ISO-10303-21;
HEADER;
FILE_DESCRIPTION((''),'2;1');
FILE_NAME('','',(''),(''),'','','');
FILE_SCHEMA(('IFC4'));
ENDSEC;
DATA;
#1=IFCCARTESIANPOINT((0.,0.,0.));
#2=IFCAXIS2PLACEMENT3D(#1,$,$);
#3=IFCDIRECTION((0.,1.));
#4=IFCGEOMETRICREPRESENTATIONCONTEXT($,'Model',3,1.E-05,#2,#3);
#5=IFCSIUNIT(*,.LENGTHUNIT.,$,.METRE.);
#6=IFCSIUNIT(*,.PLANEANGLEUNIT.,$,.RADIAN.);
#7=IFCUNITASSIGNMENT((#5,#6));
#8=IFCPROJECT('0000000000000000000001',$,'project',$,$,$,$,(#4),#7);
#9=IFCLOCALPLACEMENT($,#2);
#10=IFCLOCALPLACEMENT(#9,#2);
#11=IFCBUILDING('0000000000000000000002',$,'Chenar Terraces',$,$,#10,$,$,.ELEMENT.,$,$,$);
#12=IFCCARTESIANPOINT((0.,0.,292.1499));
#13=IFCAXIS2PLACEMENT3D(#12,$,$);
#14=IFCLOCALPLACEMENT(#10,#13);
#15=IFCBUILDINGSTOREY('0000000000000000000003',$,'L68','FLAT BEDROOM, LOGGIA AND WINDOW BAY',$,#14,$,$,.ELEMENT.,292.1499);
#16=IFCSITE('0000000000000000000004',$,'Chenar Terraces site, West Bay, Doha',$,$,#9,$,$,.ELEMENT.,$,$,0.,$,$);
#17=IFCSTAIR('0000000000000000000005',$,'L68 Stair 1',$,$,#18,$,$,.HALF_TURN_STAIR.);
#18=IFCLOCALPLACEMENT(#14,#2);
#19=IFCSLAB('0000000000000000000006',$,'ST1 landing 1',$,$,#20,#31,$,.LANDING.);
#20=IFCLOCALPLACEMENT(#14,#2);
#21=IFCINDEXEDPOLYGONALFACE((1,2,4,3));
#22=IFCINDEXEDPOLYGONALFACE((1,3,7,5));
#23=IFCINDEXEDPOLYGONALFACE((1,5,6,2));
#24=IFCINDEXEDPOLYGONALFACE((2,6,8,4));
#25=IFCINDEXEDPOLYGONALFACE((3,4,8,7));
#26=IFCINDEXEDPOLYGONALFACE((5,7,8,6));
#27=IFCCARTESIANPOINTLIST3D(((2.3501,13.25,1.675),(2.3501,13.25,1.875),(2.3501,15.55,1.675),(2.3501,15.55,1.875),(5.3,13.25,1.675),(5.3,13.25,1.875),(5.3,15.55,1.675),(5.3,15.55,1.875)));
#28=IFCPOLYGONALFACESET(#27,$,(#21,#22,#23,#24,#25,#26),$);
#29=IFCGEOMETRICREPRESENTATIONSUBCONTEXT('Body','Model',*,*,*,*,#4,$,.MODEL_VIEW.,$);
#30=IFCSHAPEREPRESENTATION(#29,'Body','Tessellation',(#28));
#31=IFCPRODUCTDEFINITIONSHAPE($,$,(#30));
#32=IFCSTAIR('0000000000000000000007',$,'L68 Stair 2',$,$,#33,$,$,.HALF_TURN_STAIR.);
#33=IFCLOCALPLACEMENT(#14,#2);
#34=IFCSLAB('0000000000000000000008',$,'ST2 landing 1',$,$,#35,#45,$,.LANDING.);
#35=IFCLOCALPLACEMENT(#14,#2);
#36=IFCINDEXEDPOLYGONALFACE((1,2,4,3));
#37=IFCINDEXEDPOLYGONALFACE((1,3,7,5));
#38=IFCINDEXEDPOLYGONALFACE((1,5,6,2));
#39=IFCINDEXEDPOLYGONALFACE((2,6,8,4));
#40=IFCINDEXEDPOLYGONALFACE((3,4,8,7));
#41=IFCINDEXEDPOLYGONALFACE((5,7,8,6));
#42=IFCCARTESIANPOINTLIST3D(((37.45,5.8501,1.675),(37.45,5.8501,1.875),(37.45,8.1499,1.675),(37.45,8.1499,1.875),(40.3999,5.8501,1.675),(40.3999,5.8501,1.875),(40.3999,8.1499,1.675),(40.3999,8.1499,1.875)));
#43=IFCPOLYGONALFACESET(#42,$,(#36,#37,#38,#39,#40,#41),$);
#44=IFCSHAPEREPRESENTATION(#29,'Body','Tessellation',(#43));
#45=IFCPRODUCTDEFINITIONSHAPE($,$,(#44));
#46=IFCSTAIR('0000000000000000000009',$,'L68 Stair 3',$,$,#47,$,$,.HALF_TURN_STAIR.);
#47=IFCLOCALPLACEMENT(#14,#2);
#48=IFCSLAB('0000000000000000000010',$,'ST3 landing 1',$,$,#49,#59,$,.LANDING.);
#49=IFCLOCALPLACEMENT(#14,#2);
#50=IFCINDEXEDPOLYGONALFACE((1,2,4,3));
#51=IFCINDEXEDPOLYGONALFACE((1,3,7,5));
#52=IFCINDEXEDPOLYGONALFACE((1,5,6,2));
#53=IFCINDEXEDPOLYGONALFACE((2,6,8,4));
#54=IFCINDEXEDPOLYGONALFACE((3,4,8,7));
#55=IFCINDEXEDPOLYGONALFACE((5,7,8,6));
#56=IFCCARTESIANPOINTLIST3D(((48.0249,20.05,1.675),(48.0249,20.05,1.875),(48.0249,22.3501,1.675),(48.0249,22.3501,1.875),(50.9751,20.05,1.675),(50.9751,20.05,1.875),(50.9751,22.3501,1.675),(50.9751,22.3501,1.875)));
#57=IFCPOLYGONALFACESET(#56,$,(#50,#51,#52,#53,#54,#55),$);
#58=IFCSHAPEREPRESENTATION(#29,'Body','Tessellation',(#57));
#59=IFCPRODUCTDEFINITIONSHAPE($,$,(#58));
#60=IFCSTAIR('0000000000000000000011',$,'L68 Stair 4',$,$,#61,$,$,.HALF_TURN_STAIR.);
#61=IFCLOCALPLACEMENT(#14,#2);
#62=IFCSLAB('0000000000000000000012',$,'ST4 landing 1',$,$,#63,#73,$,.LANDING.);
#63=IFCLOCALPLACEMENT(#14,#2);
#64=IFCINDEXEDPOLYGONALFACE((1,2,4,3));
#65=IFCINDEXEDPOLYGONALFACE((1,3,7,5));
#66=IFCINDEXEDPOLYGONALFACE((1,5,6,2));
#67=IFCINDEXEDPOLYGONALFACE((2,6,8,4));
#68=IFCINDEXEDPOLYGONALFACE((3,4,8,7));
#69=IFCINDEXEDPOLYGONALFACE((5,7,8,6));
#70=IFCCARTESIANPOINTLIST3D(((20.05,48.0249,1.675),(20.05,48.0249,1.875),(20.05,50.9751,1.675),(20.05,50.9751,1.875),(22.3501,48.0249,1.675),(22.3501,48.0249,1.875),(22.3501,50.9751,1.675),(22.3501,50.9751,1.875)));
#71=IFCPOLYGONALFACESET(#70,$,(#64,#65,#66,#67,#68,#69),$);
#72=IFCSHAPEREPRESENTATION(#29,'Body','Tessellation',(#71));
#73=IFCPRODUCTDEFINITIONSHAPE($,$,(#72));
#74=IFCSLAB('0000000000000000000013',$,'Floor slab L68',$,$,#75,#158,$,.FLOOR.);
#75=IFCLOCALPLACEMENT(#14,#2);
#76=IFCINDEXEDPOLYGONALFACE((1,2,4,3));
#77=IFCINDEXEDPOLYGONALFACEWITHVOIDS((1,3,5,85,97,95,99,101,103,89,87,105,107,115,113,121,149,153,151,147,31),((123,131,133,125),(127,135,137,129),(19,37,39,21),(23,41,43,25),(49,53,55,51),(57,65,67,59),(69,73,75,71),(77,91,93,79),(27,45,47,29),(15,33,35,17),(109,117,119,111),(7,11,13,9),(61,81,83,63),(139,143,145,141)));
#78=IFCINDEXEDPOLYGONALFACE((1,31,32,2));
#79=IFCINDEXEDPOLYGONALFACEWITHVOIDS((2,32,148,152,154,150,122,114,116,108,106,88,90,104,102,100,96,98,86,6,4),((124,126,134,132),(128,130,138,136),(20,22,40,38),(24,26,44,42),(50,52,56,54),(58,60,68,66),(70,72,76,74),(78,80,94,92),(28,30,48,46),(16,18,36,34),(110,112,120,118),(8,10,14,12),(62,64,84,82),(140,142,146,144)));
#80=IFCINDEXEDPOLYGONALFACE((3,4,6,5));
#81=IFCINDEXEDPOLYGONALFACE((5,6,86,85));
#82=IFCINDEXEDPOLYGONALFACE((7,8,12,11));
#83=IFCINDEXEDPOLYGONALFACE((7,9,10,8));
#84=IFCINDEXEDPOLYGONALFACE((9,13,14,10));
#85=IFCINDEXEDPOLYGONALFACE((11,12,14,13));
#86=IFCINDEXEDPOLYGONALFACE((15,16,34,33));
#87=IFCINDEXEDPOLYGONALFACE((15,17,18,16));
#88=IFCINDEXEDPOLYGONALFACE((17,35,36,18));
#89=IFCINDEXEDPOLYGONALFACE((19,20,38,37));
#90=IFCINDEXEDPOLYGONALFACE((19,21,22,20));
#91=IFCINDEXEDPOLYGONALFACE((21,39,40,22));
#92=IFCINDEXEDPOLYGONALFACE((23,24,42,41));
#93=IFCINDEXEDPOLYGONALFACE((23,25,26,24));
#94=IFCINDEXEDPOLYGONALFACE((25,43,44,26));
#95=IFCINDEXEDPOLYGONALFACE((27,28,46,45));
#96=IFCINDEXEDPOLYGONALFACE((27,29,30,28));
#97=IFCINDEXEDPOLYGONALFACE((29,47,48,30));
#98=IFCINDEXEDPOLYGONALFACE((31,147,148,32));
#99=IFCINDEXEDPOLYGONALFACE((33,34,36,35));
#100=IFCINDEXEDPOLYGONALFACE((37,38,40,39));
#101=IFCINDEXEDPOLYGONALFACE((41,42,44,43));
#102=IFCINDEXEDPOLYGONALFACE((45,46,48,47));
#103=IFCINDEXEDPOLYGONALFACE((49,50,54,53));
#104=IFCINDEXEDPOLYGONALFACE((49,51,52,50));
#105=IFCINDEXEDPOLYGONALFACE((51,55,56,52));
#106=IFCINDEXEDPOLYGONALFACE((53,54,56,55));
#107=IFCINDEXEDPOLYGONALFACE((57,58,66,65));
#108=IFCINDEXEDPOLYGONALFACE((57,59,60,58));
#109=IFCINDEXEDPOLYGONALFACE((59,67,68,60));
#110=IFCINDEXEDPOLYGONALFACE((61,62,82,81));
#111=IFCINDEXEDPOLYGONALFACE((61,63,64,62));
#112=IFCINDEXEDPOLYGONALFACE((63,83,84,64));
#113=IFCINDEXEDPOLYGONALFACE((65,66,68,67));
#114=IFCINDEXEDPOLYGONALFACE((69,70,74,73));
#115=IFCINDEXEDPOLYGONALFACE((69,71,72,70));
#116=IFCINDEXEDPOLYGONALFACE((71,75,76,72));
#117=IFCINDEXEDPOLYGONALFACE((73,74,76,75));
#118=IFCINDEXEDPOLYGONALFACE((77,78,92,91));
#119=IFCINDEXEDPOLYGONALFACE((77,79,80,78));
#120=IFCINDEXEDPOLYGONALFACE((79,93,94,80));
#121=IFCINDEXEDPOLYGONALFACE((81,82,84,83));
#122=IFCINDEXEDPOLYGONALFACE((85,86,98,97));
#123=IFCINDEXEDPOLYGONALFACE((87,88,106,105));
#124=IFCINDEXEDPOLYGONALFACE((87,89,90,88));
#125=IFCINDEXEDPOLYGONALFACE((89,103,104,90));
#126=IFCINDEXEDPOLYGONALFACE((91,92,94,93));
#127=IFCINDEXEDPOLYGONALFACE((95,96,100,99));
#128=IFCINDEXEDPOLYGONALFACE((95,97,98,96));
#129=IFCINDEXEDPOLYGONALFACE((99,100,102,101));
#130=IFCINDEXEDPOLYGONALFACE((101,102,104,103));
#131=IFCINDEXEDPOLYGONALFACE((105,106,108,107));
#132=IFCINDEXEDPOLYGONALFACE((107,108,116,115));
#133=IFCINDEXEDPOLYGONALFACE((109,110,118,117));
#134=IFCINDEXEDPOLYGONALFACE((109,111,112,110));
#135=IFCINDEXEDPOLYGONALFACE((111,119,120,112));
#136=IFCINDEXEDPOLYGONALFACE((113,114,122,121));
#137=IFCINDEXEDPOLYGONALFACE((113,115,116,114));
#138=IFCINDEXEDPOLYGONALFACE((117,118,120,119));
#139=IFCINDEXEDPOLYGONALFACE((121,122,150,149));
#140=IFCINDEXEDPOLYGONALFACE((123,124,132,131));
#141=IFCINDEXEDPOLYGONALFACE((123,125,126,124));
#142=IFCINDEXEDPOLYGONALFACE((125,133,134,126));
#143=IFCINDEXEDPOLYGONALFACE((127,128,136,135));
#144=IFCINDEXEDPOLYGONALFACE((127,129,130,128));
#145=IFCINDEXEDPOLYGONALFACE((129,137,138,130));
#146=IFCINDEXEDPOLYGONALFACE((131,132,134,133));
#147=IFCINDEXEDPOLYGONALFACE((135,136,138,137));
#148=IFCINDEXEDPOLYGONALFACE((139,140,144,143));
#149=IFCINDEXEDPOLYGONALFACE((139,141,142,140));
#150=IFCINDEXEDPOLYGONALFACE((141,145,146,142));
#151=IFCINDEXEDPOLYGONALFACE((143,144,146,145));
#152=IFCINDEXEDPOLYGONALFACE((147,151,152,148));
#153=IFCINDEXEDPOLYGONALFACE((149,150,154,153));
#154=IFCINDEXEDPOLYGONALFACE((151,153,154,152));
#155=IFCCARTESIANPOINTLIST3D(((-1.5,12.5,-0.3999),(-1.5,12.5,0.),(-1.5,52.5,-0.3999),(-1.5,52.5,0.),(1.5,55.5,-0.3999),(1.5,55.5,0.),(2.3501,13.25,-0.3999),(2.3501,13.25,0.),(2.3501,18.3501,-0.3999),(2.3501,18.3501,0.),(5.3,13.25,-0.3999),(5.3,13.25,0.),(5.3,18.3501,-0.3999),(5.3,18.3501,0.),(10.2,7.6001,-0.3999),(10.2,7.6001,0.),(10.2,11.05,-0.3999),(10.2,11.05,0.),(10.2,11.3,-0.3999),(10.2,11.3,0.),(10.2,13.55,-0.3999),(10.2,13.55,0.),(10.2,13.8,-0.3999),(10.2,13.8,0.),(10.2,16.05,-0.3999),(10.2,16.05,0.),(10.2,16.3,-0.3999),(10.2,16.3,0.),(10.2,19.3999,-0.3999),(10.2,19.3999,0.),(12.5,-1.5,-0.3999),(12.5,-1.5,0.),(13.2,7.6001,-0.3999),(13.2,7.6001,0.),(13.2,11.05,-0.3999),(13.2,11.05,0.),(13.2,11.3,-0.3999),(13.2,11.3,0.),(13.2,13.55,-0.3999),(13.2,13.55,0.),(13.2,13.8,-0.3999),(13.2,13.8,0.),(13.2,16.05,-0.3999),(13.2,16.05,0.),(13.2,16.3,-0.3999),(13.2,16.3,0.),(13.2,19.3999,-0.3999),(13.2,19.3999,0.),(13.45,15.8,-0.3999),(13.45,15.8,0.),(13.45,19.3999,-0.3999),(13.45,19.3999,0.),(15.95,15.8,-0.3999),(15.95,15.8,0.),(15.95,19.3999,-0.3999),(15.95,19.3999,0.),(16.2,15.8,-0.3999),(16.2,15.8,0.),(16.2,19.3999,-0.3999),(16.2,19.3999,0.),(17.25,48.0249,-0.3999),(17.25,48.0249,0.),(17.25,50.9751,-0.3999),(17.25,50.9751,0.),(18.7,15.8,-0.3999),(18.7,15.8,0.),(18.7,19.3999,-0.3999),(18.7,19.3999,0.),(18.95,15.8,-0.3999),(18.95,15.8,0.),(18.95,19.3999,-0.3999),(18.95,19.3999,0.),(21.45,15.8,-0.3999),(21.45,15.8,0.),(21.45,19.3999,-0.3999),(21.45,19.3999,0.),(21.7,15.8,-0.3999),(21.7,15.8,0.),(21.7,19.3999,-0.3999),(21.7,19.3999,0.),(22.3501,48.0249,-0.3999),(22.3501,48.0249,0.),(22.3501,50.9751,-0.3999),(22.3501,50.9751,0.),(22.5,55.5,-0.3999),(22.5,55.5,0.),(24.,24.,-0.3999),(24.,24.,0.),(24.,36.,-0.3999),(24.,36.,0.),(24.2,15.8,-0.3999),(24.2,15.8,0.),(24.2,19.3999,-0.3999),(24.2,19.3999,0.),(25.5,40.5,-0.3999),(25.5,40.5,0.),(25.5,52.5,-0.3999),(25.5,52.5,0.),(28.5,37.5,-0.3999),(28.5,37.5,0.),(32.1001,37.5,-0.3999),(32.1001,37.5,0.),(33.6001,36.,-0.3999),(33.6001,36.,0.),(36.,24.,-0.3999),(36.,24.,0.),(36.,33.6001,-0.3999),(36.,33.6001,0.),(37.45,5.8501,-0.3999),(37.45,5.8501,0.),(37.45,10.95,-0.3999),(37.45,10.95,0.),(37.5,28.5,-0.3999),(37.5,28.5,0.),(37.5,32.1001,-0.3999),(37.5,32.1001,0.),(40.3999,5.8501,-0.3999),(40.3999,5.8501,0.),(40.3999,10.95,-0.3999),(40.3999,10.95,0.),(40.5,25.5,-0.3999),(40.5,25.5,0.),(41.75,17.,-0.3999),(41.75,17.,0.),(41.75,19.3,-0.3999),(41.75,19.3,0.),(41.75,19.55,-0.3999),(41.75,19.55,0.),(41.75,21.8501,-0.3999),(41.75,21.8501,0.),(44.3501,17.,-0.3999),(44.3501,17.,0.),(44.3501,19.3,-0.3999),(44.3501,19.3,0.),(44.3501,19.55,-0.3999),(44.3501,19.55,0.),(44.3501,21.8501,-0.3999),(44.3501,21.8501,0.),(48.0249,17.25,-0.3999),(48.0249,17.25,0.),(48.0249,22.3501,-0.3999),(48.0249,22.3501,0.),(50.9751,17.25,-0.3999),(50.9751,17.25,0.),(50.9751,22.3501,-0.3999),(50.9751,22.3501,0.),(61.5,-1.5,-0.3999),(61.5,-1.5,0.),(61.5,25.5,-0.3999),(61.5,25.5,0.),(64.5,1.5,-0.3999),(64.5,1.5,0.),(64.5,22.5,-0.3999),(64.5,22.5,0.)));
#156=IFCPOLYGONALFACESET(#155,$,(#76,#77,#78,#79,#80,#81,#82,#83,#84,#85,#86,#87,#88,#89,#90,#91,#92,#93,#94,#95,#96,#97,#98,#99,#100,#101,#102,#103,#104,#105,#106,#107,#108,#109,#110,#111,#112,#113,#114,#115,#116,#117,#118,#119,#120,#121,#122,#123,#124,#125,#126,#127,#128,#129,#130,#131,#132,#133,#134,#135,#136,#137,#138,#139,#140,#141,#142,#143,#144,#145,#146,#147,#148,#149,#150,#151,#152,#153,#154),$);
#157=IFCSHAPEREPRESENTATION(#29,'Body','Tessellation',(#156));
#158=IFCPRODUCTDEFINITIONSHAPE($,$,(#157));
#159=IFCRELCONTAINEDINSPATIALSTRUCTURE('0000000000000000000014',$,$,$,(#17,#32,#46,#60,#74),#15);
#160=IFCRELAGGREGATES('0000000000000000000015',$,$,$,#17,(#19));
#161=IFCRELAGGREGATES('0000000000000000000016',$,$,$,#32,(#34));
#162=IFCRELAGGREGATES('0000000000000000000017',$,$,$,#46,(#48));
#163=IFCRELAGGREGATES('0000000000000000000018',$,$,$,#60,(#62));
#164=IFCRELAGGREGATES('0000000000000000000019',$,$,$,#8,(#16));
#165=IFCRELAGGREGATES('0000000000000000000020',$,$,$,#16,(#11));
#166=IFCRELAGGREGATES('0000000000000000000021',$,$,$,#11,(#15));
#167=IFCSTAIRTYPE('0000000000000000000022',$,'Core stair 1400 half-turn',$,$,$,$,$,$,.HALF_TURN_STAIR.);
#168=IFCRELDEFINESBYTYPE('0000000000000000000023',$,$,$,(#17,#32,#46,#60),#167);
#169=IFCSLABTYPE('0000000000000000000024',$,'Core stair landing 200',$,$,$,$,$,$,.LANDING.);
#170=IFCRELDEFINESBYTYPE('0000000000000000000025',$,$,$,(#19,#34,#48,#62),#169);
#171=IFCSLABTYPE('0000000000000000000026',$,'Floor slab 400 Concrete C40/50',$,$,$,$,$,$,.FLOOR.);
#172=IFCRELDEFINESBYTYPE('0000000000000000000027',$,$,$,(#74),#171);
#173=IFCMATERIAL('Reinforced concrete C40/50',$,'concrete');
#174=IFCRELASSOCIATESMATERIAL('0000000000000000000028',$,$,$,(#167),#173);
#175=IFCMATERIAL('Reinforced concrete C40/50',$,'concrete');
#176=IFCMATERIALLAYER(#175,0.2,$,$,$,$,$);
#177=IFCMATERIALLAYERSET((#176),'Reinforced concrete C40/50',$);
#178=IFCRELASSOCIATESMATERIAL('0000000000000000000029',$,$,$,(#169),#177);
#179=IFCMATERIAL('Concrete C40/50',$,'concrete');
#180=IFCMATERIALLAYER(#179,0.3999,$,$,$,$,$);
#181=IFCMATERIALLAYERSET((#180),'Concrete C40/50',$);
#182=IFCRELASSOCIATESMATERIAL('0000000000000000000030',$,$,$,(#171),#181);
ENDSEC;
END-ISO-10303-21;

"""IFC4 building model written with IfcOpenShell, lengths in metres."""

from ifc_helpers import new_model, si_unit, direction, frame, origin, place, context, subcontext, project, spatial, polyline, outline, extrude, material, layer, layer_set, type_object, element, aggregate, save


model = new_model("IFC4")

# Units and contexts
model_context = context("Model", 3, precision=1e-05, world=origin(), true_north=direction((0.0, 1.0)))
body_context = subcontext(model_context, "Body", "Model", "MODEL_VIEW")
ifc_project = project(units=[si_unit("LENGTHUNIT", "METRE"), si_unit("PLANEANGLEUNIT", "RADIAN")], contexts=[model_context])

# Site, building, storey
site_placement = place(None, origin())
site = spatial("IfcSite", under=ifc_project, at=site_placement, Name="Chenar Terraces site, West Bay, Doha", CompositionType="ELEMENT", RefElevation=0.0)
building_placement = place(site_placement, origin())
building = spatial("IfcBuilding", under=site, at=building_placement, Name="Chenar Terraces", CompositionType="ELEMENT")
storey_placement = place(building_placement, frame((0.0, 0.0, 292.1499)))
storey = spatial("IfcBuildingStorey", under=building, at=storey_placement, Name="L68", Description="FLAT BEDROOM, LOGGIA AND WINDOW BAY", CompositionType="ELEMENT", Elevation=292.1499)

# Stairs, slabs
ifc_material_1 = material(Name="Reinforced concrete C40/50", Category="concrete")
stair_type = type_object("IfcStairType", Name="Core stair 1400 half-turn", PredefinedType="HALF_TURN_STAIR", material=ifc_material_1)
placement_1 = place(storey_placement, origin())
stair_1 = element("IfcStair", 1, at=placement_1, inside=storey, type_object=stair_type, Name="L68 Stair 1", PredefinedType="HALF_TURN_STAIR")
ifc_material_2 = material(Name="Reinforced concrete C40/50", Category="concrete")
ifc_layer_1 = layer(ifc_material_2, 0.2)
ifc_layer_set_1 = layer_set([ifc_layer_1], Name="Reinforced concrete C40/50")
slab_type_1 = type_object("IfcSlabType", Name="Core stair landing 200", PredefinedType="LANDING", material=ifc_layer_set_1)
placement_2 = place(storey_placement, frame((0.0, 0.0, 1.675)))
slab_1 = element("IfcSlab", 2, at=placement_2, type_object=slab_type_1, Name="ST1 landing 1", PredefinedType="LANDING", context=body_context, shape_type="SweptSolid", body=[
    extrude(outline(polyline([(2.3501, 15.55), (2.3501, 13.25), (5.3, 13.25), (5.3, 15.55), (2.3501, 15.55)])), origin(), (0.0, 0.0, 1.0), 0.2),
])
aggregate(stair_1, [slab_1])
stair_2 = element("IfcStair", 3, at=placement_1, inside=storey, type_object=stair_type, Name="L68 Stair 2", PredefinedType="HALF_TURN_STAIR")
slab_2 = element("IfcSlab", 4, at=placement_2, type_object=slab_type_1, Name="ST2 landing 1", PredefinedType="LANDING", context=body_context, shape_type="SweptSolid", body=[
    extrude(outline(polyline([(37.45, 8.1499), (37.45, 5.8501), (40.3999, 5.8501), (40.3999, 8.1499), (37.45, 8.1499)])), origin(), (0.0, 0.0, 1.0), 0.2),
])
aggregate(stair_2, [slab_2])
stair_3 = element("IfcStair", 5, at=placement_1, inside=storey, type_object=stair_type, Name="L68 Stair 3", PredefinedType="HALF_TURN_STAIR")
slab_3 = element("IfcSlab", 6, at=placement_2, type_object=slab_type_1, Name="ST3 landing 1", PredefinedType="LANDING", context=body_context, shape_type="SweptSolid", body=[
    extrude(outline(polyline([(50.9751, 20.05), (50.9751, 22.3501), (48.0249, 22.3501), (48.0249, 20.05), (50.9751, 20.05)])), origin(), (0.0, 0.0, 1.0), 0.2),
])
aggregate(stair_3, [slab_3])
stair_4 = element("IfcStair", 7, at=placement_1, inside=storey, type_object=stair_type, Name="L68 Stair 4", PredefinedType="HALF_TURN_STAIR")
slab_4 = element("IfcSlab", 8, at=placement_2, type_object=slab_type_1, Name="ST4 landing 1", PredefinedType="LANDING", context=body_context, shape_type="SweptSolid", body=[
    extrude(outline(polyline([(20.05, 48.0249), (22.3501, 48.0249), (22.3501, 50.9751), (20.05, 50.9751), (20.05, 48.0249)])), origin(), (0.0, 0.0, 1.0), 0.2),
])
aggregate(stair_4, [slab_4])

# Slab
ifc_material_3 = material(Name="Concrete C40/50", Category="concrete")
ifc_layer_2 = layer(ifc_material_3, 0.3999)
ifc_layer_set_2 = layer_set([ifc_layer_2], Name="Concrete C40/50")
slab_type_2 = type_object("IfcSlabType", Name="Floor slab 400 Concrete C40/50", PredefinedType="FLOOR", material=ifc_layer_set_2)
slab_5_placement = place(storey_placement, frame((0.0, 0.0, -0.3999)))
element("IfcSlab", 9, at=slab_5_placement, inside=storey, type_object=slab_type_2, Name="Floor slab L68", PredefinedType="FLOOR", context=body_context, shape_type="SweptSolid", body=[
    extrude(outline(polyline([(64.5, 22.5), (64.5, 1.5), (61.5, -1.5), (12.5, -1.5), (-1.5, 12.5), (-1.5, 52.5), (1.5, 55.5), (22.5, 55.5), (25.5, 52.5), (25.5, 40.5), (28.5, 37.5), (32.1001, 37.5), (33.6001, 36.0), (24.0, 36.0), (24.0, 24.0), (36.0, 24.0), (36.0, 33.6001), (37.5, 32.1001), (37.5, 28.5), (40.5, 25.5), (61.5, 25.5), (64.5, 22.5)]), holes=[polyline([(10.2, 11.05), (10.2, 7.6001), (13.2, 7.6001), (13.2, 11.05), (10.2, 11.05)]), polyline([(13.2, 13.55), (10.2, 13.55), (10.2, 11.3), (13.2, 11.3), (13.2, 13.55)]), polyline([(13.2, 16.05), (10.2, 16.05), (10.2, 13.8), (13.2, 13.8), (13.2, 16.05)]), polyline([(2.3501, 13.25), (5.3, 13.25), (5.3, 18.3501), (2.3501, 18.3501), (2.3501, 13.25)]), polyline([(15.95, 19.3999), (13.45, 19.3999), (13.45, 15.8), (15.95, 15.8), (15.95, 19.3999)]), polyline([(18.7, 19.3999), (16.2, 19.3999), (16.2, 15.8), (18.7, 15.8), (18.7, 19.3999)]), polyline([(13.2, 19.3999), (10.2, 19.3999), (10.2, 16.3), (13.2, 16.3), (13.2, 19.3999)]), polyline([(22.3501, 48.0249), (22.3501, 50.9751), (17.25, 50.9751), (17.25, 48.0249), (22.3501, 48.0249)]), polyline([(37.45, 5.8501), (40.3999, 5.8501), (40.3999, 10.95), (37.45, 10.95), (37.45, 5.8501)]), polyline([(21.45, 19.3999), (18.95, 19.3999), (18.95, 15.8), (21.45, 15.8), (21.45, 19.3999)]), polyline([(24.2, 19.3999), (21.7, 19.3999), (21.7, 15.8), (24.2, 15.8), (24.2, 19.3999)]), polyline([(44.3501, 19.3), (41.75, 19.3), (41.75, 17.0), (44.3501, 17.0), (44.3501, 19.3)]), polyline([(50.9751, 22.3501), (48.0249, 22.3501), (48.0249, 17.25), (50.9751, 17.25), (50.9751, 22.3501)]), polyline([(44.3501, 21.8501), (41.75, 21.8501), (41.75, 19.55), (44.3501, 19.55), (44.3501, 21.8501)])]), origin(), (0.0, 0.0, 1.0), 0.3999),
])

save(model, "model.ifc")
